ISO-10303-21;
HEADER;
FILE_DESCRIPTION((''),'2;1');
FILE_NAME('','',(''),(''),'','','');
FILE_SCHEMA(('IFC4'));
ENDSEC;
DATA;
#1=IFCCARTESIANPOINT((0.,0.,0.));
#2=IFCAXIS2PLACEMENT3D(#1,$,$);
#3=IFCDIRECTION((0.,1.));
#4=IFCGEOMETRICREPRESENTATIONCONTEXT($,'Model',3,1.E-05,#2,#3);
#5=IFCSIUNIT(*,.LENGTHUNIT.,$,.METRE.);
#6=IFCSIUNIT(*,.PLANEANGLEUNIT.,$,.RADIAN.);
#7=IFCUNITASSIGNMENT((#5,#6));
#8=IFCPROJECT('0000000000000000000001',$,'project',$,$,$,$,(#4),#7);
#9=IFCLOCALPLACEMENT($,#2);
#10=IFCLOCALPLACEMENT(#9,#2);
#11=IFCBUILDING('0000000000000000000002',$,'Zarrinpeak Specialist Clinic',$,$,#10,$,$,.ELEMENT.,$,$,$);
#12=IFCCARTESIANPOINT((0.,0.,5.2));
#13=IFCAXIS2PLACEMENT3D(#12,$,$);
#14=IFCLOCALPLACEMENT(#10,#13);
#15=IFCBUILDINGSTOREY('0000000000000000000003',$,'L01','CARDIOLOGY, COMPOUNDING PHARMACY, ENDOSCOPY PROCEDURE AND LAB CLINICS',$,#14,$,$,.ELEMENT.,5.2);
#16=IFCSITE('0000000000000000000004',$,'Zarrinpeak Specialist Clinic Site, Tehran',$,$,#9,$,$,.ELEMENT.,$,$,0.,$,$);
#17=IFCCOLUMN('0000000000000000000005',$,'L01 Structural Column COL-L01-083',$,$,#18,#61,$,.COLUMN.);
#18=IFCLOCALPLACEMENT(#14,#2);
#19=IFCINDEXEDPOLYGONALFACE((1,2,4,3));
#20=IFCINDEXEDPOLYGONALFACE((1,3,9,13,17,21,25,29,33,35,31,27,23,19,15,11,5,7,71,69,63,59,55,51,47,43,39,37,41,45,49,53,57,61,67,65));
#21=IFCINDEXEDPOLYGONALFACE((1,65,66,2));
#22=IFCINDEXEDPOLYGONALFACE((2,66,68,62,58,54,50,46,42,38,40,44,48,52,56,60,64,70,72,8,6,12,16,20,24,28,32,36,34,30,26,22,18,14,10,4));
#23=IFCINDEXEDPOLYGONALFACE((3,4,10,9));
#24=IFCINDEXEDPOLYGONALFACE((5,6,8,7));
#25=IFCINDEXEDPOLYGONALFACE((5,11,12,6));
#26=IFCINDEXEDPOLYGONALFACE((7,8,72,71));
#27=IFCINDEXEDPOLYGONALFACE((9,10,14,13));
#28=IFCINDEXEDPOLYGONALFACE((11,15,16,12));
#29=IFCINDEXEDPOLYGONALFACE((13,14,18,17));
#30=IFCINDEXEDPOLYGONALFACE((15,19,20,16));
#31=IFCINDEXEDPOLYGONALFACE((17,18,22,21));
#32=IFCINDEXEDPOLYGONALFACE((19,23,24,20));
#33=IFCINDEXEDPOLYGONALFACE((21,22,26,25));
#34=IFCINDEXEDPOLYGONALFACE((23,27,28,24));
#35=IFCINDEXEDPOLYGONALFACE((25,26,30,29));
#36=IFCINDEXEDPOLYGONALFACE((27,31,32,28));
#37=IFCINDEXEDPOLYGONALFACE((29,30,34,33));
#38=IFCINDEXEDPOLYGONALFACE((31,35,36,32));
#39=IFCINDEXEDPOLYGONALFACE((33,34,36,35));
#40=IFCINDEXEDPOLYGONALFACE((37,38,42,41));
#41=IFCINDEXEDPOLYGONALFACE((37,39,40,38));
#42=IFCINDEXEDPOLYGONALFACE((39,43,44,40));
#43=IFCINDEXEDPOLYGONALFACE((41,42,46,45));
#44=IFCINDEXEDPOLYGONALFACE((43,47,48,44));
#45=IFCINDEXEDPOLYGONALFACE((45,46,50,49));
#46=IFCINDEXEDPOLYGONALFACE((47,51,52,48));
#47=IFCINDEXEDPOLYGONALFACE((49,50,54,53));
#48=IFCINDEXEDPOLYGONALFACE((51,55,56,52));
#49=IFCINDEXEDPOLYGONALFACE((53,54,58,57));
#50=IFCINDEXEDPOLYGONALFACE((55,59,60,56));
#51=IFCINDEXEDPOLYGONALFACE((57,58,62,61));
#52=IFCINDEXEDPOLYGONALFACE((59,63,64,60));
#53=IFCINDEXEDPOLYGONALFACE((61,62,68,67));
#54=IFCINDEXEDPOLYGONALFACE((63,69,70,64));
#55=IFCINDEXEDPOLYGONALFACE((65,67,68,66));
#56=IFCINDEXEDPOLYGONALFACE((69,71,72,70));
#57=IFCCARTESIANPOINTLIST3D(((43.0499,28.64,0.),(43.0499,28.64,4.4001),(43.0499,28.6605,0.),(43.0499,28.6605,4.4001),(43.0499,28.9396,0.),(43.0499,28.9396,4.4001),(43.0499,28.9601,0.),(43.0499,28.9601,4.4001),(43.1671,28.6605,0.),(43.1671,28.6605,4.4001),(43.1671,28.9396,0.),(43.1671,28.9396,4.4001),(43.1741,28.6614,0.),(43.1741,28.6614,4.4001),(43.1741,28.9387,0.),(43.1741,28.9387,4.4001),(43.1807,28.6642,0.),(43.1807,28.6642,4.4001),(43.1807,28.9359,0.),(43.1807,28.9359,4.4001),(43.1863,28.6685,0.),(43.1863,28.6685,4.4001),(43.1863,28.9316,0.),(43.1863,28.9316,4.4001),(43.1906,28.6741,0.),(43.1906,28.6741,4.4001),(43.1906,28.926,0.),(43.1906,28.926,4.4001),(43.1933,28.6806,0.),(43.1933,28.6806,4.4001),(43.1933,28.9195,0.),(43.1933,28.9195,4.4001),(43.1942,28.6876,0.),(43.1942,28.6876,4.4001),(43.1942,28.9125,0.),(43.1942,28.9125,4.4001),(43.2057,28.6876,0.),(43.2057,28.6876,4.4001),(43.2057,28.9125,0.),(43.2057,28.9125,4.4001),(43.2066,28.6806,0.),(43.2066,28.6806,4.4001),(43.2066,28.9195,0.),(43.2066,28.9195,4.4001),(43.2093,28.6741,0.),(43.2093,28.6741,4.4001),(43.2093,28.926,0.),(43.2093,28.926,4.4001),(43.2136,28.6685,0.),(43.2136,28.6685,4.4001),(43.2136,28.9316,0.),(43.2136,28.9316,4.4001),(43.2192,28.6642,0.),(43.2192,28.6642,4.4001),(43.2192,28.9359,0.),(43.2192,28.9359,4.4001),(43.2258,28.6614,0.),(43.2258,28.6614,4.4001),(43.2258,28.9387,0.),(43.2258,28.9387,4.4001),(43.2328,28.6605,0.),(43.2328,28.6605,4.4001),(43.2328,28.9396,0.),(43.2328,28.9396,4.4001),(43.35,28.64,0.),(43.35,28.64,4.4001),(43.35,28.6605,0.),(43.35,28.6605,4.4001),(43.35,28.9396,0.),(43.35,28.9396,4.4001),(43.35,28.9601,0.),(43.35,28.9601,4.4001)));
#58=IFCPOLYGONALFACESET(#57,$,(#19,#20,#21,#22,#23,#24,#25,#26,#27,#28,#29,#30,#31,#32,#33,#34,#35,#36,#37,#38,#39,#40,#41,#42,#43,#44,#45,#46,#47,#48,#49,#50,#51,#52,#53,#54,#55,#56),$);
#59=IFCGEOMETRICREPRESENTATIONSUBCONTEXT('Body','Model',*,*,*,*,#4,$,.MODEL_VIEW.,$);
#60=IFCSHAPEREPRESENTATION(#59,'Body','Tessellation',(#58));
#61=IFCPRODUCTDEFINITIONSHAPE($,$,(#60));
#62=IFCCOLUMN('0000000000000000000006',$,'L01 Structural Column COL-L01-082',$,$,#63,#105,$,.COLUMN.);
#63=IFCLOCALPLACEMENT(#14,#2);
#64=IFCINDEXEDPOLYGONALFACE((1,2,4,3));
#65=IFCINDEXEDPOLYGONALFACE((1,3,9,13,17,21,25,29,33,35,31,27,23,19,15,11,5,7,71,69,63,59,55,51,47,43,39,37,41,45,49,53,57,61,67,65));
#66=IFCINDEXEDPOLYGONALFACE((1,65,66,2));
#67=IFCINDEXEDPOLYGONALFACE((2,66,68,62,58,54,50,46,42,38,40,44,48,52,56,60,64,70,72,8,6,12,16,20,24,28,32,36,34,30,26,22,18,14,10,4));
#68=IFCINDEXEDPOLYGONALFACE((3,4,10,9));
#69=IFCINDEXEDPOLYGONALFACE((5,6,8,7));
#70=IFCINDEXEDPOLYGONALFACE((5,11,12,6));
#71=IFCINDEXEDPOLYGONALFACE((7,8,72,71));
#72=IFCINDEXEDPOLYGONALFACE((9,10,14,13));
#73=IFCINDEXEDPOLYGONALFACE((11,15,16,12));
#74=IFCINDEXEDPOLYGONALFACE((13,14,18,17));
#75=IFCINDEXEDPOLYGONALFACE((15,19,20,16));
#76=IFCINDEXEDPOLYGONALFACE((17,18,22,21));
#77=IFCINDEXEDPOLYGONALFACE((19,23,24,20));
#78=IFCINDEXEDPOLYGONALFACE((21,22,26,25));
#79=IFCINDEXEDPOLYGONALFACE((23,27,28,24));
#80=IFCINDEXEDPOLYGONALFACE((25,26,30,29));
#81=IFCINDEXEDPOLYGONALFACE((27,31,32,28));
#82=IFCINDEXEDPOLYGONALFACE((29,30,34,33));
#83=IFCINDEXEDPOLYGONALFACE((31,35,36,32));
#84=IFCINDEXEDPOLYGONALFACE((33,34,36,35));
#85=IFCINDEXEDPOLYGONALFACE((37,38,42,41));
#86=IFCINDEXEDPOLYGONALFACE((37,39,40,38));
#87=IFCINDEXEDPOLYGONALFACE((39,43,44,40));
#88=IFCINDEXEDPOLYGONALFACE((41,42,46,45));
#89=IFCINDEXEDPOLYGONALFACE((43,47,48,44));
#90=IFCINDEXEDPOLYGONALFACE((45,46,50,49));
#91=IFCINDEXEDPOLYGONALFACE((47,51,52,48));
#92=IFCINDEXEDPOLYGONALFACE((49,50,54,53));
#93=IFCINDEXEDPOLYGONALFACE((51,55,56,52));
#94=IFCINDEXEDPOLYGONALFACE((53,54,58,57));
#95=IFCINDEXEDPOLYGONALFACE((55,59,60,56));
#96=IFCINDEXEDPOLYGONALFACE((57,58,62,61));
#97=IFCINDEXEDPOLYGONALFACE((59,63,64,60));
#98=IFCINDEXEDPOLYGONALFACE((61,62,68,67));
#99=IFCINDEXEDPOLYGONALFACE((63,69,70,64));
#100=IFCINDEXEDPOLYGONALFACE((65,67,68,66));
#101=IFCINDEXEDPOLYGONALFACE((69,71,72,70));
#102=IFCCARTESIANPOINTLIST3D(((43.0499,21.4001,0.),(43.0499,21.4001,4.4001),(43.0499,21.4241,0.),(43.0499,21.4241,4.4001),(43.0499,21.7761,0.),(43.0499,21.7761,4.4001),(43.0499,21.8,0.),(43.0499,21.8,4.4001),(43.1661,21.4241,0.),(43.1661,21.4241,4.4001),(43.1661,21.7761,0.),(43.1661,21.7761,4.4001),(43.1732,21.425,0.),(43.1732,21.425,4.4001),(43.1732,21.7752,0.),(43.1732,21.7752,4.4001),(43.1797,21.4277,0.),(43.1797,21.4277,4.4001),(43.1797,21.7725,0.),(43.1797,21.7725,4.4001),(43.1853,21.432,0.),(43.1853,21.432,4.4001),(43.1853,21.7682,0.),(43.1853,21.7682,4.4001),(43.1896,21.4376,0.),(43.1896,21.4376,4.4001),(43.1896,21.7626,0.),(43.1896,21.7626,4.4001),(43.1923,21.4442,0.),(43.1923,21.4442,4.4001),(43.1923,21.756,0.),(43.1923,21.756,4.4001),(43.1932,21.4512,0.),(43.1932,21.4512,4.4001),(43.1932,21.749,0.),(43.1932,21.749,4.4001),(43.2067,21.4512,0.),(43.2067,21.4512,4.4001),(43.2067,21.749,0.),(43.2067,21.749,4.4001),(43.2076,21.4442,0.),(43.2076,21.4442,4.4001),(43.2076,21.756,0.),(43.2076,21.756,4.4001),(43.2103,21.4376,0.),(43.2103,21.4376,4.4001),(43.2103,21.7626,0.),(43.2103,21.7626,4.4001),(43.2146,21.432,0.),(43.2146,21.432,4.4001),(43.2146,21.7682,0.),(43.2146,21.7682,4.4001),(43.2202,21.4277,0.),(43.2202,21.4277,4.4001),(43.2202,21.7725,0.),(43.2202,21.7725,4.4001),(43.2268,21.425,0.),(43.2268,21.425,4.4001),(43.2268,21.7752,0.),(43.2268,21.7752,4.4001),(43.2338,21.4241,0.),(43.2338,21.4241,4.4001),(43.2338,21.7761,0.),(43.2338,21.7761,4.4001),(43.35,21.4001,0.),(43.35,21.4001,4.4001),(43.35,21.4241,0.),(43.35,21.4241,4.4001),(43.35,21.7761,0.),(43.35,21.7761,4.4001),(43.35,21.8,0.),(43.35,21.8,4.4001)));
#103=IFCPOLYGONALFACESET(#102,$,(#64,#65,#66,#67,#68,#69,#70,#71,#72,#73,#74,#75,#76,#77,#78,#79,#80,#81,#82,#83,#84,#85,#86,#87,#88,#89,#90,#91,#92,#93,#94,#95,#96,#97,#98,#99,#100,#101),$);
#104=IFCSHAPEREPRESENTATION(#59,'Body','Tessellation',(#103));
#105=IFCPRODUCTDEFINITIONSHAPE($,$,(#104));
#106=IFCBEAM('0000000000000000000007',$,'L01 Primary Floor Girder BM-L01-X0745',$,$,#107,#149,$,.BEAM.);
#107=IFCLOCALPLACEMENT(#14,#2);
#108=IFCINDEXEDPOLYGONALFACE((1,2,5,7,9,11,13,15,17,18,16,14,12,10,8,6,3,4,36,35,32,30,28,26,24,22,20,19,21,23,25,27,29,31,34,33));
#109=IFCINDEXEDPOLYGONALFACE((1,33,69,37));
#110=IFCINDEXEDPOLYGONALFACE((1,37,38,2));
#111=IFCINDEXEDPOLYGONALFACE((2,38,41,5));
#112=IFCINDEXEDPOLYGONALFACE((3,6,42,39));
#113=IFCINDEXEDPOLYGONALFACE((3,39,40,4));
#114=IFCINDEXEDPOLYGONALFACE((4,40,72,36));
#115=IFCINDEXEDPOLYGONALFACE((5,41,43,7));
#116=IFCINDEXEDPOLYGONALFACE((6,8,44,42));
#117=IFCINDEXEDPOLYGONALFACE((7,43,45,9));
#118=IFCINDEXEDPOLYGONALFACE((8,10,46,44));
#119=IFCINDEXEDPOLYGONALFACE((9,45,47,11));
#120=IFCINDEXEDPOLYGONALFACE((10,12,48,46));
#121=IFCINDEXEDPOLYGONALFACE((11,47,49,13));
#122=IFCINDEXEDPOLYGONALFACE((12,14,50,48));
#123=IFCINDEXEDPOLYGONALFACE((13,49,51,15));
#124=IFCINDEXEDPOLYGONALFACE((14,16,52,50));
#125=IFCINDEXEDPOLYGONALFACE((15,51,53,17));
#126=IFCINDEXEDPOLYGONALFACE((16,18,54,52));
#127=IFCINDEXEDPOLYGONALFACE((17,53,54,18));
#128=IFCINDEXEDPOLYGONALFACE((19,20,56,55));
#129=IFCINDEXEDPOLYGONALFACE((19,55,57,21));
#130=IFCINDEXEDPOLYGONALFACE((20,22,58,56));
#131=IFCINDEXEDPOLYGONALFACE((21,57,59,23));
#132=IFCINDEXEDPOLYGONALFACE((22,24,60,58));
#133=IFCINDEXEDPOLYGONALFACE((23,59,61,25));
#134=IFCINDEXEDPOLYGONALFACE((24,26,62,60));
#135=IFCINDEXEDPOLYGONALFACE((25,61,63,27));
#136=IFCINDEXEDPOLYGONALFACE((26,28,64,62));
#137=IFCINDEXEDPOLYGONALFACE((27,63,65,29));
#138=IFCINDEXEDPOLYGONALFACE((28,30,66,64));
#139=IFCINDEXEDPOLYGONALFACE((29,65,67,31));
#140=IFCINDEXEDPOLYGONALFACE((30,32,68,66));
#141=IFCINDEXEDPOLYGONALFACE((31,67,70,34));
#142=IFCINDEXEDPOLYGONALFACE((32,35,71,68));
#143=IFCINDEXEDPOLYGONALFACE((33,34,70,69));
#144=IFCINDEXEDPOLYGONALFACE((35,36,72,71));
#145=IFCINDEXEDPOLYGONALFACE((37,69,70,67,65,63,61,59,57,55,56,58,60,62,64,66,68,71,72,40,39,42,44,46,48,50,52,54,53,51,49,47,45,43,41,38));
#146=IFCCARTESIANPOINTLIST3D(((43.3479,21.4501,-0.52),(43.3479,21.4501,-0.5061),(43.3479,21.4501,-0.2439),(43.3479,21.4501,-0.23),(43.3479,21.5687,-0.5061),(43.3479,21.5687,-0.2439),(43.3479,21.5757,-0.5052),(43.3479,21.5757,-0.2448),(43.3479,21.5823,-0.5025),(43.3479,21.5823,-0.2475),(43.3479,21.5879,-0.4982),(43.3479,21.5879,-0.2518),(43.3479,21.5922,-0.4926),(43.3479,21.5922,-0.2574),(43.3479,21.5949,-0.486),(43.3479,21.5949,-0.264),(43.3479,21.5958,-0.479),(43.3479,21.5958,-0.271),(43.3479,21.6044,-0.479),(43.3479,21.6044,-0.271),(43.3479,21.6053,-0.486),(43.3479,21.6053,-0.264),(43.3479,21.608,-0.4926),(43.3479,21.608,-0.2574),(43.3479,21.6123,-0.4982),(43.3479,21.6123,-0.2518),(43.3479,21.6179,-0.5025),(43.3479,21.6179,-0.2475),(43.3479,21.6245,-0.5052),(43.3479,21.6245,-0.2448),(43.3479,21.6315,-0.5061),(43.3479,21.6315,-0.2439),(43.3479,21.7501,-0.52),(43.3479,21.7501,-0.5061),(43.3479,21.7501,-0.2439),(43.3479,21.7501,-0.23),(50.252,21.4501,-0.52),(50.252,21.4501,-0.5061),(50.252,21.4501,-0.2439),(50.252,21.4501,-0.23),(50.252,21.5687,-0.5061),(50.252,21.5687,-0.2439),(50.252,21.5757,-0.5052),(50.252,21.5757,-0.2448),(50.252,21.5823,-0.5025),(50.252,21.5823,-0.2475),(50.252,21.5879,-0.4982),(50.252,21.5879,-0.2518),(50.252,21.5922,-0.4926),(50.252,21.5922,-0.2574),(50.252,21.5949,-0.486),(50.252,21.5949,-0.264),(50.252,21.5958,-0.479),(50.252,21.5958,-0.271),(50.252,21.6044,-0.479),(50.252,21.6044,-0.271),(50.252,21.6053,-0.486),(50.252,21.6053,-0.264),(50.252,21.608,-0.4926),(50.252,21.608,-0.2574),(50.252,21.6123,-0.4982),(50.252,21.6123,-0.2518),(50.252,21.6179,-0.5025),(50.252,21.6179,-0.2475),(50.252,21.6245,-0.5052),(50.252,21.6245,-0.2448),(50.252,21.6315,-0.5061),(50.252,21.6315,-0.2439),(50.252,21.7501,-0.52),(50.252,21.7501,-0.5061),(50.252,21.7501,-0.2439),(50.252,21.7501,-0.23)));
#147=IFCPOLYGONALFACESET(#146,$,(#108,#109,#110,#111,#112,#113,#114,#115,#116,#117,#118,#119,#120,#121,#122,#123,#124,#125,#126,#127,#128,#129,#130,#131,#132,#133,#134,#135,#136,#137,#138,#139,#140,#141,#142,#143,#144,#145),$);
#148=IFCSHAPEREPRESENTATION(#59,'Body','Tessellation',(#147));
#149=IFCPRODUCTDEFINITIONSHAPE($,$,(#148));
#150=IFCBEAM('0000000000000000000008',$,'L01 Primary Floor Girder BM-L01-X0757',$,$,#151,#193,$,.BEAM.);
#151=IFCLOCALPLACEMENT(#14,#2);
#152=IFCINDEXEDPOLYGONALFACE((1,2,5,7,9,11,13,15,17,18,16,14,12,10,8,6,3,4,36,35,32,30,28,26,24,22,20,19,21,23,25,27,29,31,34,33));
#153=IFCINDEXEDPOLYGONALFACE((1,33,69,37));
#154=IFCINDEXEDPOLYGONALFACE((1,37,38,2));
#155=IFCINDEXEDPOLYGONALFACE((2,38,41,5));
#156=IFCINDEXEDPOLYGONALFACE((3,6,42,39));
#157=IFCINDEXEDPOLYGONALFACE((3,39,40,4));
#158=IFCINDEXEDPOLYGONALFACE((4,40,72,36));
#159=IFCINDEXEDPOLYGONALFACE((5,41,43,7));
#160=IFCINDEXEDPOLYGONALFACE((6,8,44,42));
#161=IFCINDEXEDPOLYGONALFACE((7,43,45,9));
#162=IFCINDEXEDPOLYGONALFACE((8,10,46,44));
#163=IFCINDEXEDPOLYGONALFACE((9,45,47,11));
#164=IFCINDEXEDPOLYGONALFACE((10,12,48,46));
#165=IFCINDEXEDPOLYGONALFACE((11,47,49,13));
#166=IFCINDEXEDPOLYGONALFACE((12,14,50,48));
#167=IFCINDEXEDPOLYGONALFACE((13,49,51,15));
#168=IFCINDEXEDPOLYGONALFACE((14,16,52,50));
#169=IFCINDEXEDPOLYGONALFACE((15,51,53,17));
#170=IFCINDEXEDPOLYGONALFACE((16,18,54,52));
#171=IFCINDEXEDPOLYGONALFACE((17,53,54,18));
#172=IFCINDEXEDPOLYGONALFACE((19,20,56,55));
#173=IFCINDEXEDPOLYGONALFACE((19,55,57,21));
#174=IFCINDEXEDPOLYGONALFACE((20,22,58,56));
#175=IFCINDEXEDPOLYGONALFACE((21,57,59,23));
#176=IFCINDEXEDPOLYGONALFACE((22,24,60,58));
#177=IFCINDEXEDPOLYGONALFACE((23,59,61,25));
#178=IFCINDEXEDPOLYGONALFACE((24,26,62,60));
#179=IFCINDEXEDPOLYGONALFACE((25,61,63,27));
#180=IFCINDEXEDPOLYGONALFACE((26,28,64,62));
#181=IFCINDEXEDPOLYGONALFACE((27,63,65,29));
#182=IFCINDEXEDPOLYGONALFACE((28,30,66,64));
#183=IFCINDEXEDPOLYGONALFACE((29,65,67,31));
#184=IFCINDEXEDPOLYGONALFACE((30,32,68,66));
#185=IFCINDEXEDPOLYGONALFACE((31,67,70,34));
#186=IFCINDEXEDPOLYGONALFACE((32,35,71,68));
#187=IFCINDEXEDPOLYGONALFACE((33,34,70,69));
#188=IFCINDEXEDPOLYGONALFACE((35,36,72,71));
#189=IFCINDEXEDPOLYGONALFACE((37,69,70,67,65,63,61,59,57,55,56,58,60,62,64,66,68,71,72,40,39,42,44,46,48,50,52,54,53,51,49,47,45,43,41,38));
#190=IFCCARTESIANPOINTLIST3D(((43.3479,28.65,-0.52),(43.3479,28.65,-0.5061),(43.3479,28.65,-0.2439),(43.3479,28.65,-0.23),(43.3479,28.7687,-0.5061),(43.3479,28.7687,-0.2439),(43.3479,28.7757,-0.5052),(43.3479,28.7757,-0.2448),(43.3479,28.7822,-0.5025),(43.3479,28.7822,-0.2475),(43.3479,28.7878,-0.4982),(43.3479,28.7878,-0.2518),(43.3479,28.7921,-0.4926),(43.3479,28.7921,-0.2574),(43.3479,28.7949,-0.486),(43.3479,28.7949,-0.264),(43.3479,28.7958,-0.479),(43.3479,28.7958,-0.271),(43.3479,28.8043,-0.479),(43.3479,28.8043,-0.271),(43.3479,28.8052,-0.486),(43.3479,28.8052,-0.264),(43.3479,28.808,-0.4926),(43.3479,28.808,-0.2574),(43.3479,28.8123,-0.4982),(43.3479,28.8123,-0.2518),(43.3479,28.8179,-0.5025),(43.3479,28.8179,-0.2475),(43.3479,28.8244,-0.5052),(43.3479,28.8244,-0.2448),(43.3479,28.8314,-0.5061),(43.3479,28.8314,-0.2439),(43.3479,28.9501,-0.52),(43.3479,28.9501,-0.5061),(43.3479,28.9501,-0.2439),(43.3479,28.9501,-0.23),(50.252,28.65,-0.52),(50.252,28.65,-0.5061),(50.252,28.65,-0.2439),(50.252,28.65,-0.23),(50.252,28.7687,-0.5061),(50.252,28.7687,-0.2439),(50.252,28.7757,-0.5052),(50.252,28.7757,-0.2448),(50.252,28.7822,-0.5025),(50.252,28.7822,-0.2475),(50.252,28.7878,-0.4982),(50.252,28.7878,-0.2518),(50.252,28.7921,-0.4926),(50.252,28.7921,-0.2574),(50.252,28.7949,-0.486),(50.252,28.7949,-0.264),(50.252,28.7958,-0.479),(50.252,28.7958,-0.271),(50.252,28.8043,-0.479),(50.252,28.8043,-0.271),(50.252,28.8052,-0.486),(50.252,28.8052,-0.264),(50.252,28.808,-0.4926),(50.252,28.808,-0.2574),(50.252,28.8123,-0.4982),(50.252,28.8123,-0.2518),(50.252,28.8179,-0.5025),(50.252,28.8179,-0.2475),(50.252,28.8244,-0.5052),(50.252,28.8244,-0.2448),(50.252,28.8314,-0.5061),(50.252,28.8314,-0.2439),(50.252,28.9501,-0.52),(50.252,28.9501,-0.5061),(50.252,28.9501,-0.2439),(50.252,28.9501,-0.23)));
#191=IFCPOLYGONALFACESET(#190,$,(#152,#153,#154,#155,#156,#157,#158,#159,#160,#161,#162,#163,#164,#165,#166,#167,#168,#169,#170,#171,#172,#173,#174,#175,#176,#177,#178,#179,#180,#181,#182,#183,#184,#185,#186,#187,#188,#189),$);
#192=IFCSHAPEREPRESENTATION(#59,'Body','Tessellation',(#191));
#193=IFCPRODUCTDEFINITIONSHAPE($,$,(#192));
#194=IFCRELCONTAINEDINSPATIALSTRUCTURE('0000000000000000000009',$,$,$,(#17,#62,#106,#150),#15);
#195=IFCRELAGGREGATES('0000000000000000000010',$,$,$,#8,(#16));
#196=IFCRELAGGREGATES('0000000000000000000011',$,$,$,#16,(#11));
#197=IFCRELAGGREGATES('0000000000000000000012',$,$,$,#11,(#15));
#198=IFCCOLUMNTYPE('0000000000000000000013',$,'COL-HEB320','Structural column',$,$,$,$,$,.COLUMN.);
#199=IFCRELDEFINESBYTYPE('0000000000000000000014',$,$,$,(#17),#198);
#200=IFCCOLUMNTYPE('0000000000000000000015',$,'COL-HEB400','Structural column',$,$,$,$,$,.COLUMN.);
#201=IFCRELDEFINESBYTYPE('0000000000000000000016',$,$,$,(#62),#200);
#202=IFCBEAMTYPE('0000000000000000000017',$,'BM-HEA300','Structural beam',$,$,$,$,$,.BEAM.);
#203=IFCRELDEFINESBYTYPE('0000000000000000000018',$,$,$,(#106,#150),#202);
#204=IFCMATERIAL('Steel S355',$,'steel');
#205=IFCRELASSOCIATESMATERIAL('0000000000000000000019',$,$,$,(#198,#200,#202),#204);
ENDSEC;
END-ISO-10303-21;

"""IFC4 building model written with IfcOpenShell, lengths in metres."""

from ifc_helpers import new_model, si_unit, direction, frame, origin, origin_2d, place, context, subcontext, project, spatial, i_section, extrude, material, material_profile, profile_set, type_object, element, save


model = new_model("IFC4")

# Units and contexts
model_context = context("Model", 3, precision=1e-05, world=origin(), true_north=direction((0.0, 1.0)))
body_context = subcontext(model_context, "Body", "Model", "MODEL_VIEW")
ifc_project = project(units=[si_unit("LENGTHUNIT", "METRE"), si_unit("PLANEANGLEUNIT", "RADIAN")], contexts=[model_context])

# Site, building, storey
site_placement = place(None, origin())
site = spatial("IfcSite", under=ifc_project, at=site_placement, Name="Zarrinpeak Specialist Clinic Site, Tehran", CompositionType="ELEMENT", RefElevation=0.0)
building_placement = place(site_placement, origin())
building = spatial("IfcBuilding", under=site, at=building_placement, Name="Zarrinpeak Specialist Clinic", CompositionType="ELEMENT")
storey_placement = place(building_placement, frame((0.0, 0.0, 5.2)))
storey = spatial("IfcBuildingStorey", under=building, at=storey_placement, Name="L01", Description="CARDIOLOGY, COMPOUNDING PHARMACY, ENDOSCOPY PROCEDURE AND LAB CLINICS", CompositionType="ELEMENT", Elevation=5.2)

# Columns
ifc_material_1 = material(Name="Steel S355", Category="steel")
ifc_material_profile_1 = material_profile(ifc_material_1, i_section(OverallWidth=0.3, OverallDepth=0.3201, WebThickness=0.0115, FlangeThickness=0.0205, FilletRadius=0.0271, at=origin_2d()), Name="HEB 320")
ifc_profile_set_1 = profile_set([ifc_material_profile_1], Name="Steel S355")
column_type_1 = type_object("IfcColumnType", Name="COL-HEB320", Description="Structural column", PredefinedType="COLUMN", material=ifc_profile_set_1)
column_1_placement = place(storey_placement, frame((43.2, 28.8, 0.0), z_axis=(0.0, 0.0, 1.0), x_axis=(1.0, 0.0, 0.0)))
element("IfcColumn", 1, at=column_1_placement, inside=storey, type_object=column_type_1, Name="L01 Structural Column COL-L01-083", PredefinedType="COLUMN", context=body_context, shape_type="SweptSolid", body=[
    extrude(i_section(OverallWidth=0.3, OverallDepth=0.3201, WebThickness=0.0115, FlangeThickness=0.0205, FilletRadius=0.0271, at=origin_2d()), origin(), (0.0, 0.0, 1.0), 4.4001),
])
ifc_material_profile_2 = material_profile(ifc_material_1, i_section(OverallWidth=0.3, OverallDepth=0.3999, WebThickness=0.0134, FlangeThickness=0.0239, FilletRadius=0.0271, at=origin_2d()), Name="HEB 400")
ifc_profile_set_2 = profile_set([ifc_material_profile_2], Name="Steel S355")
column_type_2 = type_object("IfcColumnType", Name="COL-HEB400", Description="Structural column", PredefinedType="COLUMN", material=ifc_profile_set_2)
column_2_placement = place(storey_placement, frame((43.2, 21.6001, 0.0), z_axis=(0.0, 0.0, 1.0), x_axis=(1.0, 0.0, 0.0)))
element("IfcColumn", 2, at=column_2_placement, inside=storey, type_object=column_type_2, Name="L01 Structural Column COL-L01-082", PredefinedType="COLUMN", context=body_context, shape_type="SweptSolid", body=[
    extrude(i_section(OverallWidth=0.3, OverallDepth=0.3999, WebThickness=0.0134, FlangeThickness=0.0239, FilletRadius=0.0271, at=origin_2d()), origin(), (0.0, 0.0, 1.0), 4.4001),
])

# Beams
ifc_material_profile_3 = material_profile(ifc_material_1, i_section(OverallWidth=0.3, OverallDepth=0.29, WebThickness=0.0085, FlangeThickness=0.0139, FilletRadius=0.0271, at=origin_2d()), Name="HEA 300")
ifc_profile_set_3 = profile_set([ifc_material_profile_3], Name="Steel S355")
beam_type_1 = type_object("IfcBeamType", Name="BM-HEA300", Description="Structural beam", PredefinedType="BEAM", material=ifc_profile_set_3)
for number, where, z_axis, x_axis, name in (
    (3, (43.3479, 21.6001, -0.375), (1.0, 0.0, 0.0), (0.0, 1.0, 0.0), "L01 Primary Floor Girder BM-L01-X0745"),
    (4, (43.3479, 28.8, -0.375), (1.0, 0.0, 0.0), (0.0, 1.0, 0.0), "L01 Primary Floor Girder BM-L01-X0757"),
):
    element("IfcBeam", number, at=place(storey_placement, frame(where, z_axis=z_axis, x_axis=x_axis)), inside=storey, type_object=beam_type_1, Name=name, PredefinedType="BEAM", context=body_context, shape_type="SweptSolid", body=[
        extrude(i_section(OverallWidth=0.3, OverallDepth=0.29, WebThickness=0.0085, FlangeThickness=0.0139, FilletRadius=0.0271, at=origin_2d()), origin(), (0.0, 0.0, 1.0), 6.9041),
    ])

save(model, "model.ifc")
